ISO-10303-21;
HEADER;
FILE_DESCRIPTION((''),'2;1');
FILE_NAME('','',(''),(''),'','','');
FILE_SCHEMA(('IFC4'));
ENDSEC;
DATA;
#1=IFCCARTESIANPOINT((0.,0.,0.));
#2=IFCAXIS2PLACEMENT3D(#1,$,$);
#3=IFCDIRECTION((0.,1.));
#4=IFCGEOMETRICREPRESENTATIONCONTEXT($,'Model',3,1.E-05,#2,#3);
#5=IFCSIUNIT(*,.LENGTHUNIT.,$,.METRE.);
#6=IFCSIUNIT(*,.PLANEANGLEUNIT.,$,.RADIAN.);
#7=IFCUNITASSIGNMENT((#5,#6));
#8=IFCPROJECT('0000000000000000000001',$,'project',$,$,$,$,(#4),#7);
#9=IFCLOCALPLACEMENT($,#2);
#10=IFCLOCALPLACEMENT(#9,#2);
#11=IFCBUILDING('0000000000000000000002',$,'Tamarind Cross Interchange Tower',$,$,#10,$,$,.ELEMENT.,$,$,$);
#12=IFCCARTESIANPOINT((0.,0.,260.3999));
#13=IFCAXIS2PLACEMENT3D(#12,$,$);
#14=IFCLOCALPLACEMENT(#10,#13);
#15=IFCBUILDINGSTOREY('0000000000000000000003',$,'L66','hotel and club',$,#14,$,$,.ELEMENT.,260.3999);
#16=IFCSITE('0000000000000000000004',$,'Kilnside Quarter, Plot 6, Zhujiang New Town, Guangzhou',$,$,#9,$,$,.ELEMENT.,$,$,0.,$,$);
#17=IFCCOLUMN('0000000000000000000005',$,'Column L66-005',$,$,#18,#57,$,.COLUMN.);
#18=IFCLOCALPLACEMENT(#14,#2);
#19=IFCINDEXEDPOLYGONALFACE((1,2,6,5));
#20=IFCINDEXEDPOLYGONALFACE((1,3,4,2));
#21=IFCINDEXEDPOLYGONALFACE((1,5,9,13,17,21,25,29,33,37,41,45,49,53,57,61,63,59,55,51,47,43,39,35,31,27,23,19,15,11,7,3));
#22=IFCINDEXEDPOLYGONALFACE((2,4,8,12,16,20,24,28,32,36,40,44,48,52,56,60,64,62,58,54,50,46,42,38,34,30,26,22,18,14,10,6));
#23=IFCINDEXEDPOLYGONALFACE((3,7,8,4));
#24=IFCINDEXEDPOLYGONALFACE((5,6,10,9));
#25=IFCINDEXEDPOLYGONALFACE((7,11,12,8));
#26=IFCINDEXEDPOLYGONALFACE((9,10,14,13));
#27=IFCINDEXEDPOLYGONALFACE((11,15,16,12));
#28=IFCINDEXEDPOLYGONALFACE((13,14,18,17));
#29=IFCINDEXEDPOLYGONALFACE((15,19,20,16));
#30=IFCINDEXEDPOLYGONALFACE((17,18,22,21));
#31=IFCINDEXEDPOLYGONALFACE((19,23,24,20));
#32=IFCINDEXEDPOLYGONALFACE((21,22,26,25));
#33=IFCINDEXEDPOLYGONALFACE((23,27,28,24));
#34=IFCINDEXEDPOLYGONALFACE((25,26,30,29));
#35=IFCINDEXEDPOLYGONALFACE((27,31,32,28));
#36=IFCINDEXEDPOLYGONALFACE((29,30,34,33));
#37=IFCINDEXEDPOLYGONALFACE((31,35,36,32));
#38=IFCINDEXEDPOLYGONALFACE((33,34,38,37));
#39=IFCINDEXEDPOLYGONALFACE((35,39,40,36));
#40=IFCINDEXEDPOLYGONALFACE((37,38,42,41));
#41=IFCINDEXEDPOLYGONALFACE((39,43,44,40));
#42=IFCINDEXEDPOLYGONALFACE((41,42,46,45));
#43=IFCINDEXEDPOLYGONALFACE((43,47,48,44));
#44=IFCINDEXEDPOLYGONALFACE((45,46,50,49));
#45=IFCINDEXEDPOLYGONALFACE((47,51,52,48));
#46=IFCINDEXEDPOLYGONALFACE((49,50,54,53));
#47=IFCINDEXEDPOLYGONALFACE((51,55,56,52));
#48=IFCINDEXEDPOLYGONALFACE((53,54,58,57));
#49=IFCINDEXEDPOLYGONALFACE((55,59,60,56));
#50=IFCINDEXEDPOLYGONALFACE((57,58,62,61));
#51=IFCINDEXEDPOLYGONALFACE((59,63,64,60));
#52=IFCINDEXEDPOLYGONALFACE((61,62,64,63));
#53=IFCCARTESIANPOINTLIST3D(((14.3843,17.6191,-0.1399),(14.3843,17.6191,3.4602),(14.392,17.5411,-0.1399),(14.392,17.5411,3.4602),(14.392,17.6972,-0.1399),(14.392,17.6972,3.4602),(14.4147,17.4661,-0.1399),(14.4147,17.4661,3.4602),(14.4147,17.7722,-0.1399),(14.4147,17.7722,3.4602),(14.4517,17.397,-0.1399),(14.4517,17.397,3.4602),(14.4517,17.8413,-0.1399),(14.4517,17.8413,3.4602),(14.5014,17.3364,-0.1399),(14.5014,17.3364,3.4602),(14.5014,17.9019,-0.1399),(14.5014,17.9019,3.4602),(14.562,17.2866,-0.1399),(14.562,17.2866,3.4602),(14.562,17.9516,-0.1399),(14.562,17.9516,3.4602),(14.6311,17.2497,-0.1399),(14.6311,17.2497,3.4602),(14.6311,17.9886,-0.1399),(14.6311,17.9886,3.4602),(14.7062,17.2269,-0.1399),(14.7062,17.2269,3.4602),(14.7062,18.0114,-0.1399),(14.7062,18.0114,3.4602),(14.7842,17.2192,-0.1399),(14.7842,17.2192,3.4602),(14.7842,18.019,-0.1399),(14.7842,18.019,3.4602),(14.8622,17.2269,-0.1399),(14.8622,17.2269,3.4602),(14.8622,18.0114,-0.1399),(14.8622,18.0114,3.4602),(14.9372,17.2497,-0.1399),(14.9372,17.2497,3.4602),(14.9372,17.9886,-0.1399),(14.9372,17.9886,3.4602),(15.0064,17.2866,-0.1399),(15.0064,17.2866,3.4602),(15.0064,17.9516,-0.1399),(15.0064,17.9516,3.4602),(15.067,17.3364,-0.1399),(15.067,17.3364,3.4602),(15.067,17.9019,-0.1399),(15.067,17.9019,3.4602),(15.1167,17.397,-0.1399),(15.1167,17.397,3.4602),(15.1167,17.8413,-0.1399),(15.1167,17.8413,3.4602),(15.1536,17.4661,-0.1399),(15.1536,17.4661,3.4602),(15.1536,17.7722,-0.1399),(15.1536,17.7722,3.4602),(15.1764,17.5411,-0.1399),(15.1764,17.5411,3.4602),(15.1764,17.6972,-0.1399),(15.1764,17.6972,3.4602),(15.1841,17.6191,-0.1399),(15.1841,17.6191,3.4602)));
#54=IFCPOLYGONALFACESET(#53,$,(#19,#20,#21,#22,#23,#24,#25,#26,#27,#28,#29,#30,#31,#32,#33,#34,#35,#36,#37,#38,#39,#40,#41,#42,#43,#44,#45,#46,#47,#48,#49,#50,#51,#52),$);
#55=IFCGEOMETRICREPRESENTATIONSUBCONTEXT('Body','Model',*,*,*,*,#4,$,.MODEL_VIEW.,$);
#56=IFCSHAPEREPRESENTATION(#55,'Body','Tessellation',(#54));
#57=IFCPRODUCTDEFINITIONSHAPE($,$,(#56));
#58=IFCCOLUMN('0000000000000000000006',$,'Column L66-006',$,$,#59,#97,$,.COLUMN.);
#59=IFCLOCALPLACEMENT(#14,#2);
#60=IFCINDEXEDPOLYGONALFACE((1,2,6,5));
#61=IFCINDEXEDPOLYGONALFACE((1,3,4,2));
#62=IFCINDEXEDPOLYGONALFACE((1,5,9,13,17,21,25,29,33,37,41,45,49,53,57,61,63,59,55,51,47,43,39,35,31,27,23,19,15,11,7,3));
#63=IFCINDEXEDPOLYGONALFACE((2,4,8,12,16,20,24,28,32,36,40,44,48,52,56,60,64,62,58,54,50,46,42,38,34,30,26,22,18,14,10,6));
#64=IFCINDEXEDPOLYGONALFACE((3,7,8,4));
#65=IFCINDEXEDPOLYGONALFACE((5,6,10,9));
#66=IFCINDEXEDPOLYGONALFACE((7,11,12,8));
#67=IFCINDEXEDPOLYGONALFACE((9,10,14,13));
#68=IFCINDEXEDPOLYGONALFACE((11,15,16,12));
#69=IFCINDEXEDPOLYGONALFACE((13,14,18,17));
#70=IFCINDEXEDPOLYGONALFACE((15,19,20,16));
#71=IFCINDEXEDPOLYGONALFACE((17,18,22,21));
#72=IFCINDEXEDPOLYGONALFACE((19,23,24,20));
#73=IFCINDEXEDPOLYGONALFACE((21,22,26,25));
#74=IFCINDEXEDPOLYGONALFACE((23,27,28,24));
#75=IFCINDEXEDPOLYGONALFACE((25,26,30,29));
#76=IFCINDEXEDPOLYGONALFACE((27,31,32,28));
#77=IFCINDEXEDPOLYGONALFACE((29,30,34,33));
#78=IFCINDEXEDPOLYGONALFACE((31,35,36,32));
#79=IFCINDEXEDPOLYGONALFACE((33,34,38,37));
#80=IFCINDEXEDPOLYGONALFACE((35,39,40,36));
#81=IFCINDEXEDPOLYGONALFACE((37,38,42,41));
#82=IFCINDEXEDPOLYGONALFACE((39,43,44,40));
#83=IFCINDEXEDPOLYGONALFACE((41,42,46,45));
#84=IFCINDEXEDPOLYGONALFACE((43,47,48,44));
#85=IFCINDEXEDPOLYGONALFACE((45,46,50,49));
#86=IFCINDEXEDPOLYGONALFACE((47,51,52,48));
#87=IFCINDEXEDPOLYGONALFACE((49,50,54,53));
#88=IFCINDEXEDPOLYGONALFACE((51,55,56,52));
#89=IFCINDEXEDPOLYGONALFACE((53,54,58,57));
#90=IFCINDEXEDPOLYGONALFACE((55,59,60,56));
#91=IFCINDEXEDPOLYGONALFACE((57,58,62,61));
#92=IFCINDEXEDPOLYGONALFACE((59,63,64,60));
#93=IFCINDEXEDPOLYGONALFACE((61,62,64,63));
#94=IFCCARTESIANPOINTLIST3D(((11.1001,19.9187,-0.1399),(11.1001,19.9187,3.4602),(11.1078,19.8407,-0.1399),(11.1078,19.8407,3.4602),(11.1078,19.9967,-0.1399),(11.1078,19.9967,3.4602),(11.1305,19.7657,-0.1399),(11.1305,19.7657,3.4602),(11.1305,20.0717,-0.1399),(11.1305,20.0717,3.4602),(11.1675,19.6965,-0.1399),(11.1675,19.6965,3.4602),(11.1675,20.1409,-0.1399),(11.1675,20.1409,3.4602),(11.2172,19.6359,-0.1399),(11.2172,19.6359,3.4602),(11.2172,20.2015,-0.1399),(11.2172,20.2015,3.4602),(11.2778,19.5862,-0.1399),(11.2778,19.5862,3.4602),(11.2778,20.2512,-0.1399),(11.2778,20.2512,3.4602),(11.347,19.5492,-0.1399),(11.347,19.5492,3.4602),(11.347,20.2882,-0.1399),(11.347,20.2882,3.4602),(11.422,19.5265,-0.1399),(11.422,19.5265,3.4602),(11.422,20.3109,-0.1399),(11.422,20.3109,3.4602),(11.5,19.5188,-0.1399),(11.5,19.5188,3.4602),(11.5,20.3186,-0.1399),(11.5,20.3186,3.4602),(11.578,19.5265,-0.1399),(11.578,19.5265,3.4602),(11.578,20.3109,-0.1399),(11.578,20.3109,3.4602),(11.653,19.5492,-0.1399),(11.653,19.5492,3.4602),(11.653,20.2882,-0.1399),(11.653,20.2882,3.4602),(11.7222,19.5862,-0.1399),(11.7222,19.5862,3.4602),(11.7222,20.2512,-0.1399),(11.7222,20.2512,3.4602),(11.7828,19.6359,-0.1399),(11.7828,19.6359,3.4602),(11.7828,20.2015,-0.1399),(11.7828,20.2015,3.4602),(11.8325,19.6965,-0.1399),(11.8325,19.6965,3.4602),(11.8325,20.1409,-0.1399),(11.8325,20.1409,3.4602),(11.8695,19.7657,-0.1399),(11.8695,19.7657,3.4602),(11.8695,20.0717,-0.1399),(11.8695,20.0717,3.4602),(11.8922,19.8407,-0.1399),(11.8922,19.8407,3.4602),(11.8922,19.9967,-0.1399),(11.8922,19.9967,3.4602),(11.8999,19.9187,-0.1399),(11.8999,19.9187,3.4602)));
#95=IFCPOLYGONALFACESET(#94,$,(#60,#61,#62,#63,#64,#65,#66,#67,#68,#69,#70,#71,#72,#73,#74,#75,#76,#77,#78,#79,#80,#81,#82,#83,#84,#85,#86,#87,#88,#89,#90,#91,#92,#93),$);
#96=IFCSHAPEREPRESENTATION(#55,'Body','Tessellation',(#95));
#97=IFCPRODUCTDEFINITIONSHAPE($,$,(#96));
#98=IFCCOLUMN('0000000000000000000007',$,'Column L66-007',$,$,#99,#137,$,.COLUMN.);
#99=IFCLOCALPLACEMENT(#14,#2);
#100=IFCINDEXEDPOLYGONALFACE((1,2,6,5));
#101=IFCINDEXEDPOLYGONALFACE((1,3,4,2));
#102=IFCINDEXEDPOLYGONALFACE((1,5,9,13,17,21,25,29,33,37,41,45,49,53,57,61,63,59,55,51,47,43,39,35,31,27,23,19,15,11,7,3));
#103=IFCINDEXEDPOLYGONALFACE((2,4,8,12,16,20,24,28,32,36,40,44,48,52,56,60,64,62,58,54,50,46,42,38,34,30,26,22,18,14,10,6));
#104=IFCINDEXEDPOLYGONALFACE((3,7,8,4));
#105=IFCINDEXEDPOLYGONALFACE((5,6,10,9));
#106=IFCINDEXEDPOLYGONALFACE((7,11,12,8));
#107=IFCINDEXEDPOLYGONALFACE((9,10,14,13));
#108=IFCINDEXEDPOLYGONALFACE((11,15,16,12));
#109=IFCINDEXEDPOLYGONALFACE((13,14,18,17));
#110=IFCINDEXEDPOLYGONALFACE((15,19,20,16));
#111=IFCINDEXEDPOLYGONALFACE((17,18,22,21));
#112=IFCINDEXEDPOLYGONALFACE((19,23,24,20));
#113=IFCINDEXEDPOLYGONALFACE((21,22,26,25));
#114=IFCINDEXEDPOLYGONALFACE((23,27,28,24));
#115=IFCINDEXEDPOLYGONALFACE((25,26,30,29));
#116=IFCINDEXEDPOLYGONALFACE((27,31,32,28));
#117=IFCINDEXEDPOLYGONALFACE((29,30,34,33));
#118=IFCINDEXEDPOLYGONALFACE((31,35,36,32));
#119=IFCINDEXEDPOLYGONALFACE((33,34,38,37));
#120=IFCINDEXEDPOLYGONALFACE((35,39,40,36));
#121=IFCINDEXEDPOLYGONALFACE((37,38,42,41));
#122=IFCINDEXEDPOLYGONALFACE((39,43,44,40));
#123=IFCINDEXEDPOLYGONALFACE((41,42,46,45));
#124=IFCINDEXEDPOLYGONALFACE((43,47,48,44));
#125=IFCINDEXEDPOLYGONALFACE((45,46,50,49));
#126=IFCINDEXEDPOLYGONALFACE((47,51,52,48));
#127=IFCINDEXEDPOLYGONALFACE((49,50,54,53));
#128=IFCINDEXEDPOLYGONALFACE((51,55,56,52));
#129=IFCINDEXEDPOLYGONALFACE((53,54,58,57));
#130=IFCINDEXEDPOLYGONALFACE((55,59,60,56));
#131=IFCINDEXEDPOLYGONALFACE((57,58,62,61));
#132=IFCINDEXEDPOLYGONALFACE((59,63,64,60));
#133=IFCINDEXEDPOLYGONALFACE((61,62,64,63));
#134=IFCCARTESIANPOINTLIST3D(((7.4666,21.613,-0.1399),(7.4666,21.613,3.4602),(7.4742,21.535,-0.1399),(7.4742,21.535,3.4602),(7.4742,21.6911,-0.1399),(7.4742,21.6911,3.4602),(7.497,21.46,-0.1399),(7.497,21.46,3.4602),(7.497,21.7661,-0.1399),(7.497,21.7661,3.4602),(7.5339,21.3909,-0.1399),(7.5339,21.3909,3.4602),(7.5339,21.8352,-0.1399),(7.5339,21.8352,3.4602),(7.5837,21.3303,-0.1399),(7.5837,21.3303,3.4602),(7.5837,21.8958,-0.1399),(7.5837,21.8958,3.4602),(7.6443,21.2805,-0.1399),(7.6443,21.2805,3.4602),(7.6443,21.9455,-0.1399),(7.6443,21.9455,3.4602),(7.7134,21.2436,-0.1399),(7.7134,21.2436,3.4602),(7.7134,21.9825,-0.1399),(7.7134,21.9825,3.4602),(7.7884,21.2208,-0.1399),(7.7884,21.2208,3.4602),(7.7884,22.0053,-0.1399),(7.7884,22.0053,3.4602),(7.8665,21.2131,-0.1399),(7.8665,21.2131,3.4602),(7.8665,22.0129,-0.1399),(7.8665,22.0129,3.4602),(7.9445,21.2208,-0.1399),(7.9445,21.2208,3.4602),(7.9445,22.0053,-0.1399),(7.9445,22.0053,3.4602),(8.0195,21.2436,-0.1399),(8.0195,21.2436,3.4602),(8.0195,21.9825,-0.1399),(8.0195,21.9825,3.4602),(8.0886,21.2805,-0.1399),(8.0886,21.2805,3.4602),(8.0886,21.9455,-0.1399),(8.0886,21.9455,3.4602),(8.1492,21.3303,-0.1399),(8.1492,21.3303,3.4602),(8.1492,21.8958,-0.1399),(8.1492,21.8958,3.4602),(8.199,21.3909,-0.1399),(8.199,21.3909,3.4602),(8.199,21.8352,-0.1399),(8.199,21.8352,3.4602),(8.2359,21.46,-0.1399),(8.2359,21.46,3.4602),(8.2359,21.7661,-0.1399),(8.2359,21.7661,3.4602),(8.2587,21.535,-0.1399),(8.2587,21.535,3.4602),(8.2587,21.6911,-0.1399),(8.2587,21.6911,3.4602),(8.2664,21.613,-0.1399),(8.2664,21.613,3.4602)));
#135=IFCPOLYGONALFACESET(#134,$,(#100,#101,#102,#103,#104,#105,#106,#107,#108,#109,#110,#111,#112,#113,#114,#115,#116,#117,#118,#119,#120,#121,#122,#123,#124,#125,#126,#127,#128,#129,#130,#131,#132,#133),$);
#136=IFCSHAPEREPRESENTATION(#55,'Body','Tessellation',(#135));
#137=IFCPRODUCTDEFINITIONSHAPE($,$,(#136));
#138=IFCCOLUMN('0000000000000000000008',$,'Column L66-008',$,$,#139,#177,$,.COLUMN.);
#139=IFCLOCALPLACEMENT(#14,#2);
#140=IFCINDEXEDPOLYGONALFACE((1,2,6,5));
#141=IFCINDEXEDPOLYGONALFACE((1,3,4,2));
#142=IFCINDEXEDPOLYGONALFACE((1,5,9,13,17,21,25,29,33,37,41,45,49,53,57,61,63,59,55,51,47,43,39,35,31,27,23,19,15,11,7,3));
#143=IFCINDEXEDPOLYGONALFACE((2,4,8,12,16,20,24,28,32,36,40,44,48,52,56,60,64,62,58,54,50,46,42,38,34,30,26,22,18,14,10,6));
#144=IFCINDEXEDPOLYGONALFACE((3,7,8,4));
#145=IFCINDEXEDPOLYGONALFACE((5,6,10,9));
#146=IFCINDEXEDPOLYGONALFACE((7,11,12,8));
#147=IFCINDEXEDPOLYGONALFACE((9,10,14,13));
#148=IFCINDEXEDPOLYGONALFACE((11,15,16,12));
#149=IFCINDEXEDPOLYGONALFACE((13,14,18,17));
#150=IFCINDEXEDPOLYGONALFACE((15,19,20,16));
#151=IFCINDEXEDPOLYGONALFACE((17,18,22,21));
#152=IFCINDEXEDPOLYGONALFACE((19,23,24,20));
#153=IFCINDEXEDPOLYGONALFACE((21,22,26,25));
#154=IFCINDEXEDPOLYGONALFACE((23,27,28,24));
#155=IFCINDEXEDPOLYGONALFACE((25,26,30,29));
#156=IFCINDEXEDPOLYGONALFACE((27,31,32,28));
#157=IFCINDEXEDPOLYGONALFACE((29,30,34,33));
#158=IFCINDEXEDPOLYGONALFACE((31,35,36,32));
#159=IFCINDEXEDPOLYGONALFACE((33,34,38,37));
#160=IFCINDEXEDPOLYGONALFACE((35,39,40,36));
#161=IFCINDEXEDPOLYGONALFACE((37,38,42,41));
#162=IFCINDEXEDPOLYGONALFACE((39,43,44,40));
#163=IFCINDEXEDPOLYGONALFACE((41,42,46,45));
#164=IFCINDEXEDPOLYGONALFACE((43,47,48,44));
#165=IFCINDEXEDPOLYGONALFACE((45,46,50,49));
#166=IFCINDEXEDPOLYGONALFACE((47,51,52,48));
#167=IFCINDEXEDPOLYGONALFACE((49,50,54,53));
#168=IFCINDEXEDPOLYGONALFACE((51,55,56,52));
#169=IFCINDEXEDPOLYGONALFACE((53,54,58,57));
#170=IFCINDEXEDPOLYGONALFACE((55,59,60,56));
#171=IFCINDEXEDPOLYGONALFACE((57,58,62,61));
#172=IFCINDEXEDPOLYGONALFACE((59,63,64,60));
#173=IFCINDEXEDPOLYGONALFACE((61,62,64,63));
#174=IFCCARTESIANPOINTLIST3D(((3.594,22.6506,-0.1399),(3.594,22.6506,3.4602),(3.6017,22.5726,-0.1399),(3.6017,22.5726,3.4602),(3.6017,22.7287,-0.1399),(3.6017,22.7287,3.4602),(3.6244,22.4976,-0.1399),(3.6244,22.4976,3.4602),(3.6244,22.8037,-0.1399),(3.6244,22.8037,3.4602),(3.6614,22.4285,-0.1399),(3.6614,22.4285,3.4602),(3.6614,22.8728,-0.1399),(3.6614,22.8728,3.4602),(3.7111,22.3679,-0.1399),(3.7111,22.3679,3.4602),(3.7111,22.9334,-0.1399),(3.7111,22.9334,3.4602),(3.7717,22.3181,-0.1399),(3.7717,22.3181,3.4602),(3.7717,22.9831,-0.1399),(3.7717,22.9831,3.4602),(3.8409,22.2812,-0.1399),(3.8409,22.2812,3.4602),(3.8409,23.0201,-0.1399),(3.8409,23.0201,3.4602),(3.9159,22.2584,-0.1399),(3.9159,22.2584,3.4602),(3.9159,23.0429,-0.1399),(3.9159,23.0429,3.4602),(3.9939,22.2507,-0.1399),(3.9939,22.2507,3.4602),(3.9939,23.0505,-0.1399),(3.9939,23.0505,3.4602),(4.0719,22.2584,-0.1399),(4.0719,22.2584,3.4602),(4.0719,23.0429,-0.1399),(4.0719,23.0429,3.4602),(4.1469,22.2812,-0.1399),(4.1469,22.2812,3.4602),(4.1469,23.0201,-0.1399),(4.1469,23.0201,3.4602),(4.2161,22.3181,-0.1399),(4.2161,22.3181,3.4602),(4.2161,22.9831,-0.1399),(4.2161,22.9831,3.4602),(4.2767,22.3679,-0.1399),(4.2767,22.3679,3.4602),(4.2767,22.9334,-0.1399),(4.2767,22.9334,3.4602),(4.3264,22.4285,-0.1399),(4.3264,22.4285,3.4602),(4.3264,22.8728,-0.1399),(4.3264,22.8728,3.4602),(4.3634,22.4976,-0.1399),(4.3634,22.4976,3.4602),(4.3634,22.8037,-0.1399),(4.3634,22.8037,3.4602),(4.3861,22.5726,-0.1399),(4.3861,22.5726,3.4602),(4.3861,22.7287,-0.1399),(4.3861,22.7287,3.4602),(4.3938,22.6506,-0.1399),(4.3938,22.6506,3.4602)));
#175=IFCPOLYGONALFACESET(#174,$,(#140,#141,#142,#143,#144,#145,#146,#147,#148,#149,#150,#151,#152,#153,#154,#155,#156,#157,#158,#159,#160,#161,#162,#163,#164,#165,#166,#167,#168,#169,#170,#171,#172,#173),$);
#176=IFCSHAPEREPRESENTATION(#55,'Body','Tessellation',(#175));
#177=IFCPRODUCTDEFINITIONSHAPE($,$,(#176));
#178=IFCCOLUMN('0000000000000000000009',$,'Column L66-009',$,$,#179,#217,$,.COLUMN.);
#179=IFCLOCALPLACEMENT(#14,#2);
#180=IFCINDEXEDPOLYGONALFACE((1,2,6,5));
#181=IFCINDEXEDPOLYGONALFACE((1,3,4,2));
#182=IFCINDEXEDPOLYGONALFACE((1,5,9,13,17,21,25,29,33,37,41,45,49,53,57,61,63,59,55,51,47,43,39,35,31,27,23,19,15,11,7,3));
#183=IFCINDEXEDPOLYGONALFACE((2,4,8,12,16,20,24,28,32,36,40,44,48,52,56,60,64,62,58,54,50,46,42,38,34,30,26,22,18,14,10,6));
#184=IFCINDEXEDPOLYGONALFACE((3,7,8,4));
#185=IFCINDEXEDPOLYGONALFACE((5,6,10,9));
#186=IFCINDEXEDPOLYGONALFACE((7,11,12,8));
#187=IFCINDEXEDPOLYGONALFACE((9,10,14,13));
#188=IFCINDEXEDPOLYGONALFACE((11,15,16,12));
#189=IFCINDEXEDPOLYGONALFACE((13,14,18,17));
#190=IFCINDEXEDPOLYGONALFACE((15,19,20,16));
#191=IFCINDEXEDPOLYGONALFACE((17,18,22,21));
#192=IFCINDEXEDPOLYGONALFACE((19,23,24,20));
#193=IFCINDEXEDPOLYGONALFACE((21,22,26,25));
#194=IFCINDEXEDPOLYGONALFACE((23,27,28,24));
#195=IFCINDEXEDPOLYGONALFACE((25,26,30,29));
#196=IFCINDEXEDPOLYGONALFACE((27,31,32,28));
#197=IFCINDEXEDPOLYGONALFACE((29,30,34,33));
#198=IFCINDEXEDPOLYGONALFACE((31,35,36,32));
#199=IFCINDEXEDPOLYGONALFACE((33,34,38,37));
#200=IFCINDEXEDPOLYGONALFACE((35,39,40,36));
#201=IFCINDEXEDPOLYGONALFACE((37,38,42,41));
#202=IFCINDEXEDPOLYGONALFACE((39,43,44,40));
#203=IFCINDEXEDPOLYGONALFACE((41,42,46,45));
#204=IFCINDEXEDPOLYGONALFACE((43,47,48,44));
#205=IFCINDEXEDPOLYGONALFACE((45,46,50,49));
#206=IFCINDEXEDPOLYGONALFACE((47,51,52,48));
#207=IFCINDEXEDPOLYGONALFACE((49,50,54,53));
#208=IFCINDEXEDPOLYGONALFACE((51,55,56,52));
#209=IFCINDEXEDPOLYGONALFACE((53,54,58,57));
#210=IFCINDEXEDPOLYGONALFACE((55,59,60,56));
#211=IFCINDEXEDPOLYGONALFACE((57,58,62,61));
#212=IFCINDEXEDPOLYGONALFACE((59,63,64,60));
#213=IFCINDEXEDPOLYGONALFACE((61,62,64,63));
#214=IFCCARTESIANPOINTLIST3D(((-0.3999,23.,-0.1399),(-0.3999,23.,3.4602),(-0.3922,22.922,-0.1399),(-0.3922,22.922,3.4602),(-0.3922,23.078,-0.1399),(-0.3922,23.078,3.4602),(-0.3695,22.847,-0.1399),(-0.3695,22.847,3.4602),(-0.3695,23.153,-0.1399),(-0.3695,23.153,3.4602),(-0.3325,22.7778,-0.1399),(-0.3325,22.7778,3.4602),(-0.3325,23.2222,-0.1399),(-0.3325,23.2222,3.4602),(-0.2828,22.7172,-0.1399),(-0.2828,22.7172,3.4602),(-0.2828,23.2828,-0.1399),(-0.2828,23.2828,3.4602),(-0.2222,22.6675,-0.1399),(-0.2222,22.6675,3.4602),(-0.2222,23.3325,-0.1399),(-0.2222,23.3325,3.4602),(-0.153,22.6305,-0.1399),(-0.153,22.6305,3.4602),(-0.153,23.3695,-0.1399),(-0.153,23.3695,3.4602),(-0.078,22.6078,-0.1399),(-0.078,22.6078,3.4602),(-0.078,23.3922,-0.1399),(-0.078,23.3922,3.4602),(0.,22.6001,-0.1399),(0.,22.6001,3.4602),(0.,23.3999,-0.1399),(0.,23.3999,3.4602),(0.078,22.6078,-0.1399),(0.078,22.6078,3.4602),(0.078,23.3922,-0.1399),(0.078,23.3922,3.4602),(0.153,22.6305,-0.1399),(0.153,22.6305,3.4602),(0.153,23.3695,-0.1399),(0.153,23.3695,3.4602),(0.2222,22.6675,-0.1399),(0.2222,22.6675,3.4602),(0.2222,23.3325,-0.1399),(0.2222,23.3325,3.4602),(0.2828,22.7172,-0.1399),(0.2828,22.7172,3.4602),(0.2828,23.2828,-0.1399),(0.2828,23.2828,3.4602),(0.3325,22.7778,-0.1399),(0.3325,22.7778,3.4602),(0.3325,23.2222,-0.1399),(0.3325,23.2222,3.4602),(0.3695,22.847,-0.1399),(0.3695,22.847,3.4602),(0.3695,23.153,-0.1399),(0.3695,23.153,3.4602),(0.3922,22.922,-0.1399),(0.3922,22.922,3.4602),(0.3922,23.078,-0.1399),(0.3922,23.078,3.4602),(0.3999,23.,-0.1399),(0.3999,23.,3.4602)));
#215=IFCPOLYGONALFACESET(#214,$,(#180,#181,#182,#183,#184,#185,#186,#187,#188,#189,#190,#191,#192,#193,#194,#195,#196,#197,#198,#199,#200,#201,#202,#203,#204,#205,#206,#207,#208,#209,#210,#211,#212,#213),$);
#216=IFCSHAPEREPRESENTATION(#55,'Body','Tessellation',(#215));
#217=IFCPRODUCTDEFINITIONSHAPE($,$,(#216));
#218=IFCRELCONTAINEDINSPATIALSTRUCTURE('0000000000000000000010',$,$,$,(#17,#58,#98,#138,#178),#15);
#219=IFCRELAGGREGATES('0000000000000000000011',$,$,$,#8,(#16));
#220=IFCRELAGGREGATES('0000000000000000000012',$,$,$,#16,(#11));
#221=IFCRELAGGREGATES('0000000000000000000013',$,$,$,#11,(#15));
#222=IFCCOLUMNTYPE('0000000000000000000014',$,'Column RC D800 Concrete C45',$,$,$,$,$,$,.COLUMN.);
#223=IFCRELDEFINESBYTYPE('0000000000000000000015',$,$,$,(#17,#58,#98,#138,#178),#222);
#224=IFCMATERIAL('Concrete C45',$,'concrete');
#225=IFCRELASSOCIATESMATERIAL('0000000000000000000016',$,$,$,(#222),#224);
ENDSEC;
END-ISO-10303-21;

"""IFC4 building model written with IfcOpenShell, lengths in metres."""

from ifc_helpers import new_model, si_unit, direction, frame, origin, origin_2d, place, context, subcontext, project, spatial, circle, extrude, material, material_profile, profile_set, type_object, element, save


model = new_model("IFC4")

# Units and contexts
model_context = context("Model", 3, precision=1e-05, world=origin(), true_north=direction((0.0, 1.0)))
body_context = subcontext(model_context, "Body", "Model", "MODEL_VIEW")
ifc_project = project(units=[si_unit("LENGTHUNIT", "METRE"), si_unit("PLANEANGLEUNIT", "RADIAN")], contexts=[model_context])

# Site, building, storey
site_placement = place(None, origin())
site = spatial("IfcSite", under=ifc_project, at=site_placement, Name="Kilnside Quarter, Plot 6, Zhujiang New Town, Guangzhou", CompositionType="ELEMENT", RefElevation=0.0)
building_placement = place(site_placement, origin())
building = spatial("IfcBuilding", under=site, at=building_placement, Name="Tamarind Cross Interchange Tower", CompositionType="ELEMENT")
storey_placement = place(building_placement, frame((0.0, 0.0, 260.3999)))
storey = spatial("IfcBuildingStorey", under=building, at=storey_placement, Name="L66", Description="hotel and club", CompositionType="ELEMENT", Elevation=260.3999)

# Columns
ifc_material_1 = material(Name="Concrete C45", Category="concrete")
ifc_material_profile_1 = material_profile(ifc_material_1, circle(Radius=0.3999, at=origin_2d()), Name="RC D800")
ifc_profile_set_1 = profile_set([ifc_material_profile_1], Name="Concrete C45")
column_type = type_object("IfcColumnType", Name="Column RC D800 Concrete C45", PredefinedType="COLUMN", material=ifc_profile_set_1)
for number, where, z_axis, x_axis, name in (
    (1, (14.7842, 17.6191, -0.1399), (0.0, 0.0, 1.0), (1.0, 0.0, 0.0), "Column L66-005"),
    (2, (11.5, 19.9187, -0.1399), (0.0, 0.0, 1.0), (1.0, 0.0, 0.0), "Column L66-006"),
    (3, (7.8665, 21.613, -0.1399), (0.0, 0.0, 1.0), (1.0, 0.0, 0.0), "Column L66-007"),
    (4, (3.9939, 22.6506, -0.1399), (0.0, 0.0, 1.0), (1.0, 0.0, 0.0), "Column L66-008"),
    (5, (0.0, 23.0, -0.1399), (0.0, 0.0, 1.0), (1.0, 0.0, 0.0), "Column L66-009"),
):
    element("IfcColumn", number, at=place(storey_placement, frame(where, z_axis=z_axis, x_axis=x_axis)), inside=storey, type_object=column_type, Name=name, PredefinedType="COLUMN", context=body_context, shape_type="SweptSolid", body=[
        extrude(circle(Radius=0.3999, at=origin_2d()), origin(), (0.0, 0.0, 1.0), 3.6001),
    ])

save(model, "model.ifc")
